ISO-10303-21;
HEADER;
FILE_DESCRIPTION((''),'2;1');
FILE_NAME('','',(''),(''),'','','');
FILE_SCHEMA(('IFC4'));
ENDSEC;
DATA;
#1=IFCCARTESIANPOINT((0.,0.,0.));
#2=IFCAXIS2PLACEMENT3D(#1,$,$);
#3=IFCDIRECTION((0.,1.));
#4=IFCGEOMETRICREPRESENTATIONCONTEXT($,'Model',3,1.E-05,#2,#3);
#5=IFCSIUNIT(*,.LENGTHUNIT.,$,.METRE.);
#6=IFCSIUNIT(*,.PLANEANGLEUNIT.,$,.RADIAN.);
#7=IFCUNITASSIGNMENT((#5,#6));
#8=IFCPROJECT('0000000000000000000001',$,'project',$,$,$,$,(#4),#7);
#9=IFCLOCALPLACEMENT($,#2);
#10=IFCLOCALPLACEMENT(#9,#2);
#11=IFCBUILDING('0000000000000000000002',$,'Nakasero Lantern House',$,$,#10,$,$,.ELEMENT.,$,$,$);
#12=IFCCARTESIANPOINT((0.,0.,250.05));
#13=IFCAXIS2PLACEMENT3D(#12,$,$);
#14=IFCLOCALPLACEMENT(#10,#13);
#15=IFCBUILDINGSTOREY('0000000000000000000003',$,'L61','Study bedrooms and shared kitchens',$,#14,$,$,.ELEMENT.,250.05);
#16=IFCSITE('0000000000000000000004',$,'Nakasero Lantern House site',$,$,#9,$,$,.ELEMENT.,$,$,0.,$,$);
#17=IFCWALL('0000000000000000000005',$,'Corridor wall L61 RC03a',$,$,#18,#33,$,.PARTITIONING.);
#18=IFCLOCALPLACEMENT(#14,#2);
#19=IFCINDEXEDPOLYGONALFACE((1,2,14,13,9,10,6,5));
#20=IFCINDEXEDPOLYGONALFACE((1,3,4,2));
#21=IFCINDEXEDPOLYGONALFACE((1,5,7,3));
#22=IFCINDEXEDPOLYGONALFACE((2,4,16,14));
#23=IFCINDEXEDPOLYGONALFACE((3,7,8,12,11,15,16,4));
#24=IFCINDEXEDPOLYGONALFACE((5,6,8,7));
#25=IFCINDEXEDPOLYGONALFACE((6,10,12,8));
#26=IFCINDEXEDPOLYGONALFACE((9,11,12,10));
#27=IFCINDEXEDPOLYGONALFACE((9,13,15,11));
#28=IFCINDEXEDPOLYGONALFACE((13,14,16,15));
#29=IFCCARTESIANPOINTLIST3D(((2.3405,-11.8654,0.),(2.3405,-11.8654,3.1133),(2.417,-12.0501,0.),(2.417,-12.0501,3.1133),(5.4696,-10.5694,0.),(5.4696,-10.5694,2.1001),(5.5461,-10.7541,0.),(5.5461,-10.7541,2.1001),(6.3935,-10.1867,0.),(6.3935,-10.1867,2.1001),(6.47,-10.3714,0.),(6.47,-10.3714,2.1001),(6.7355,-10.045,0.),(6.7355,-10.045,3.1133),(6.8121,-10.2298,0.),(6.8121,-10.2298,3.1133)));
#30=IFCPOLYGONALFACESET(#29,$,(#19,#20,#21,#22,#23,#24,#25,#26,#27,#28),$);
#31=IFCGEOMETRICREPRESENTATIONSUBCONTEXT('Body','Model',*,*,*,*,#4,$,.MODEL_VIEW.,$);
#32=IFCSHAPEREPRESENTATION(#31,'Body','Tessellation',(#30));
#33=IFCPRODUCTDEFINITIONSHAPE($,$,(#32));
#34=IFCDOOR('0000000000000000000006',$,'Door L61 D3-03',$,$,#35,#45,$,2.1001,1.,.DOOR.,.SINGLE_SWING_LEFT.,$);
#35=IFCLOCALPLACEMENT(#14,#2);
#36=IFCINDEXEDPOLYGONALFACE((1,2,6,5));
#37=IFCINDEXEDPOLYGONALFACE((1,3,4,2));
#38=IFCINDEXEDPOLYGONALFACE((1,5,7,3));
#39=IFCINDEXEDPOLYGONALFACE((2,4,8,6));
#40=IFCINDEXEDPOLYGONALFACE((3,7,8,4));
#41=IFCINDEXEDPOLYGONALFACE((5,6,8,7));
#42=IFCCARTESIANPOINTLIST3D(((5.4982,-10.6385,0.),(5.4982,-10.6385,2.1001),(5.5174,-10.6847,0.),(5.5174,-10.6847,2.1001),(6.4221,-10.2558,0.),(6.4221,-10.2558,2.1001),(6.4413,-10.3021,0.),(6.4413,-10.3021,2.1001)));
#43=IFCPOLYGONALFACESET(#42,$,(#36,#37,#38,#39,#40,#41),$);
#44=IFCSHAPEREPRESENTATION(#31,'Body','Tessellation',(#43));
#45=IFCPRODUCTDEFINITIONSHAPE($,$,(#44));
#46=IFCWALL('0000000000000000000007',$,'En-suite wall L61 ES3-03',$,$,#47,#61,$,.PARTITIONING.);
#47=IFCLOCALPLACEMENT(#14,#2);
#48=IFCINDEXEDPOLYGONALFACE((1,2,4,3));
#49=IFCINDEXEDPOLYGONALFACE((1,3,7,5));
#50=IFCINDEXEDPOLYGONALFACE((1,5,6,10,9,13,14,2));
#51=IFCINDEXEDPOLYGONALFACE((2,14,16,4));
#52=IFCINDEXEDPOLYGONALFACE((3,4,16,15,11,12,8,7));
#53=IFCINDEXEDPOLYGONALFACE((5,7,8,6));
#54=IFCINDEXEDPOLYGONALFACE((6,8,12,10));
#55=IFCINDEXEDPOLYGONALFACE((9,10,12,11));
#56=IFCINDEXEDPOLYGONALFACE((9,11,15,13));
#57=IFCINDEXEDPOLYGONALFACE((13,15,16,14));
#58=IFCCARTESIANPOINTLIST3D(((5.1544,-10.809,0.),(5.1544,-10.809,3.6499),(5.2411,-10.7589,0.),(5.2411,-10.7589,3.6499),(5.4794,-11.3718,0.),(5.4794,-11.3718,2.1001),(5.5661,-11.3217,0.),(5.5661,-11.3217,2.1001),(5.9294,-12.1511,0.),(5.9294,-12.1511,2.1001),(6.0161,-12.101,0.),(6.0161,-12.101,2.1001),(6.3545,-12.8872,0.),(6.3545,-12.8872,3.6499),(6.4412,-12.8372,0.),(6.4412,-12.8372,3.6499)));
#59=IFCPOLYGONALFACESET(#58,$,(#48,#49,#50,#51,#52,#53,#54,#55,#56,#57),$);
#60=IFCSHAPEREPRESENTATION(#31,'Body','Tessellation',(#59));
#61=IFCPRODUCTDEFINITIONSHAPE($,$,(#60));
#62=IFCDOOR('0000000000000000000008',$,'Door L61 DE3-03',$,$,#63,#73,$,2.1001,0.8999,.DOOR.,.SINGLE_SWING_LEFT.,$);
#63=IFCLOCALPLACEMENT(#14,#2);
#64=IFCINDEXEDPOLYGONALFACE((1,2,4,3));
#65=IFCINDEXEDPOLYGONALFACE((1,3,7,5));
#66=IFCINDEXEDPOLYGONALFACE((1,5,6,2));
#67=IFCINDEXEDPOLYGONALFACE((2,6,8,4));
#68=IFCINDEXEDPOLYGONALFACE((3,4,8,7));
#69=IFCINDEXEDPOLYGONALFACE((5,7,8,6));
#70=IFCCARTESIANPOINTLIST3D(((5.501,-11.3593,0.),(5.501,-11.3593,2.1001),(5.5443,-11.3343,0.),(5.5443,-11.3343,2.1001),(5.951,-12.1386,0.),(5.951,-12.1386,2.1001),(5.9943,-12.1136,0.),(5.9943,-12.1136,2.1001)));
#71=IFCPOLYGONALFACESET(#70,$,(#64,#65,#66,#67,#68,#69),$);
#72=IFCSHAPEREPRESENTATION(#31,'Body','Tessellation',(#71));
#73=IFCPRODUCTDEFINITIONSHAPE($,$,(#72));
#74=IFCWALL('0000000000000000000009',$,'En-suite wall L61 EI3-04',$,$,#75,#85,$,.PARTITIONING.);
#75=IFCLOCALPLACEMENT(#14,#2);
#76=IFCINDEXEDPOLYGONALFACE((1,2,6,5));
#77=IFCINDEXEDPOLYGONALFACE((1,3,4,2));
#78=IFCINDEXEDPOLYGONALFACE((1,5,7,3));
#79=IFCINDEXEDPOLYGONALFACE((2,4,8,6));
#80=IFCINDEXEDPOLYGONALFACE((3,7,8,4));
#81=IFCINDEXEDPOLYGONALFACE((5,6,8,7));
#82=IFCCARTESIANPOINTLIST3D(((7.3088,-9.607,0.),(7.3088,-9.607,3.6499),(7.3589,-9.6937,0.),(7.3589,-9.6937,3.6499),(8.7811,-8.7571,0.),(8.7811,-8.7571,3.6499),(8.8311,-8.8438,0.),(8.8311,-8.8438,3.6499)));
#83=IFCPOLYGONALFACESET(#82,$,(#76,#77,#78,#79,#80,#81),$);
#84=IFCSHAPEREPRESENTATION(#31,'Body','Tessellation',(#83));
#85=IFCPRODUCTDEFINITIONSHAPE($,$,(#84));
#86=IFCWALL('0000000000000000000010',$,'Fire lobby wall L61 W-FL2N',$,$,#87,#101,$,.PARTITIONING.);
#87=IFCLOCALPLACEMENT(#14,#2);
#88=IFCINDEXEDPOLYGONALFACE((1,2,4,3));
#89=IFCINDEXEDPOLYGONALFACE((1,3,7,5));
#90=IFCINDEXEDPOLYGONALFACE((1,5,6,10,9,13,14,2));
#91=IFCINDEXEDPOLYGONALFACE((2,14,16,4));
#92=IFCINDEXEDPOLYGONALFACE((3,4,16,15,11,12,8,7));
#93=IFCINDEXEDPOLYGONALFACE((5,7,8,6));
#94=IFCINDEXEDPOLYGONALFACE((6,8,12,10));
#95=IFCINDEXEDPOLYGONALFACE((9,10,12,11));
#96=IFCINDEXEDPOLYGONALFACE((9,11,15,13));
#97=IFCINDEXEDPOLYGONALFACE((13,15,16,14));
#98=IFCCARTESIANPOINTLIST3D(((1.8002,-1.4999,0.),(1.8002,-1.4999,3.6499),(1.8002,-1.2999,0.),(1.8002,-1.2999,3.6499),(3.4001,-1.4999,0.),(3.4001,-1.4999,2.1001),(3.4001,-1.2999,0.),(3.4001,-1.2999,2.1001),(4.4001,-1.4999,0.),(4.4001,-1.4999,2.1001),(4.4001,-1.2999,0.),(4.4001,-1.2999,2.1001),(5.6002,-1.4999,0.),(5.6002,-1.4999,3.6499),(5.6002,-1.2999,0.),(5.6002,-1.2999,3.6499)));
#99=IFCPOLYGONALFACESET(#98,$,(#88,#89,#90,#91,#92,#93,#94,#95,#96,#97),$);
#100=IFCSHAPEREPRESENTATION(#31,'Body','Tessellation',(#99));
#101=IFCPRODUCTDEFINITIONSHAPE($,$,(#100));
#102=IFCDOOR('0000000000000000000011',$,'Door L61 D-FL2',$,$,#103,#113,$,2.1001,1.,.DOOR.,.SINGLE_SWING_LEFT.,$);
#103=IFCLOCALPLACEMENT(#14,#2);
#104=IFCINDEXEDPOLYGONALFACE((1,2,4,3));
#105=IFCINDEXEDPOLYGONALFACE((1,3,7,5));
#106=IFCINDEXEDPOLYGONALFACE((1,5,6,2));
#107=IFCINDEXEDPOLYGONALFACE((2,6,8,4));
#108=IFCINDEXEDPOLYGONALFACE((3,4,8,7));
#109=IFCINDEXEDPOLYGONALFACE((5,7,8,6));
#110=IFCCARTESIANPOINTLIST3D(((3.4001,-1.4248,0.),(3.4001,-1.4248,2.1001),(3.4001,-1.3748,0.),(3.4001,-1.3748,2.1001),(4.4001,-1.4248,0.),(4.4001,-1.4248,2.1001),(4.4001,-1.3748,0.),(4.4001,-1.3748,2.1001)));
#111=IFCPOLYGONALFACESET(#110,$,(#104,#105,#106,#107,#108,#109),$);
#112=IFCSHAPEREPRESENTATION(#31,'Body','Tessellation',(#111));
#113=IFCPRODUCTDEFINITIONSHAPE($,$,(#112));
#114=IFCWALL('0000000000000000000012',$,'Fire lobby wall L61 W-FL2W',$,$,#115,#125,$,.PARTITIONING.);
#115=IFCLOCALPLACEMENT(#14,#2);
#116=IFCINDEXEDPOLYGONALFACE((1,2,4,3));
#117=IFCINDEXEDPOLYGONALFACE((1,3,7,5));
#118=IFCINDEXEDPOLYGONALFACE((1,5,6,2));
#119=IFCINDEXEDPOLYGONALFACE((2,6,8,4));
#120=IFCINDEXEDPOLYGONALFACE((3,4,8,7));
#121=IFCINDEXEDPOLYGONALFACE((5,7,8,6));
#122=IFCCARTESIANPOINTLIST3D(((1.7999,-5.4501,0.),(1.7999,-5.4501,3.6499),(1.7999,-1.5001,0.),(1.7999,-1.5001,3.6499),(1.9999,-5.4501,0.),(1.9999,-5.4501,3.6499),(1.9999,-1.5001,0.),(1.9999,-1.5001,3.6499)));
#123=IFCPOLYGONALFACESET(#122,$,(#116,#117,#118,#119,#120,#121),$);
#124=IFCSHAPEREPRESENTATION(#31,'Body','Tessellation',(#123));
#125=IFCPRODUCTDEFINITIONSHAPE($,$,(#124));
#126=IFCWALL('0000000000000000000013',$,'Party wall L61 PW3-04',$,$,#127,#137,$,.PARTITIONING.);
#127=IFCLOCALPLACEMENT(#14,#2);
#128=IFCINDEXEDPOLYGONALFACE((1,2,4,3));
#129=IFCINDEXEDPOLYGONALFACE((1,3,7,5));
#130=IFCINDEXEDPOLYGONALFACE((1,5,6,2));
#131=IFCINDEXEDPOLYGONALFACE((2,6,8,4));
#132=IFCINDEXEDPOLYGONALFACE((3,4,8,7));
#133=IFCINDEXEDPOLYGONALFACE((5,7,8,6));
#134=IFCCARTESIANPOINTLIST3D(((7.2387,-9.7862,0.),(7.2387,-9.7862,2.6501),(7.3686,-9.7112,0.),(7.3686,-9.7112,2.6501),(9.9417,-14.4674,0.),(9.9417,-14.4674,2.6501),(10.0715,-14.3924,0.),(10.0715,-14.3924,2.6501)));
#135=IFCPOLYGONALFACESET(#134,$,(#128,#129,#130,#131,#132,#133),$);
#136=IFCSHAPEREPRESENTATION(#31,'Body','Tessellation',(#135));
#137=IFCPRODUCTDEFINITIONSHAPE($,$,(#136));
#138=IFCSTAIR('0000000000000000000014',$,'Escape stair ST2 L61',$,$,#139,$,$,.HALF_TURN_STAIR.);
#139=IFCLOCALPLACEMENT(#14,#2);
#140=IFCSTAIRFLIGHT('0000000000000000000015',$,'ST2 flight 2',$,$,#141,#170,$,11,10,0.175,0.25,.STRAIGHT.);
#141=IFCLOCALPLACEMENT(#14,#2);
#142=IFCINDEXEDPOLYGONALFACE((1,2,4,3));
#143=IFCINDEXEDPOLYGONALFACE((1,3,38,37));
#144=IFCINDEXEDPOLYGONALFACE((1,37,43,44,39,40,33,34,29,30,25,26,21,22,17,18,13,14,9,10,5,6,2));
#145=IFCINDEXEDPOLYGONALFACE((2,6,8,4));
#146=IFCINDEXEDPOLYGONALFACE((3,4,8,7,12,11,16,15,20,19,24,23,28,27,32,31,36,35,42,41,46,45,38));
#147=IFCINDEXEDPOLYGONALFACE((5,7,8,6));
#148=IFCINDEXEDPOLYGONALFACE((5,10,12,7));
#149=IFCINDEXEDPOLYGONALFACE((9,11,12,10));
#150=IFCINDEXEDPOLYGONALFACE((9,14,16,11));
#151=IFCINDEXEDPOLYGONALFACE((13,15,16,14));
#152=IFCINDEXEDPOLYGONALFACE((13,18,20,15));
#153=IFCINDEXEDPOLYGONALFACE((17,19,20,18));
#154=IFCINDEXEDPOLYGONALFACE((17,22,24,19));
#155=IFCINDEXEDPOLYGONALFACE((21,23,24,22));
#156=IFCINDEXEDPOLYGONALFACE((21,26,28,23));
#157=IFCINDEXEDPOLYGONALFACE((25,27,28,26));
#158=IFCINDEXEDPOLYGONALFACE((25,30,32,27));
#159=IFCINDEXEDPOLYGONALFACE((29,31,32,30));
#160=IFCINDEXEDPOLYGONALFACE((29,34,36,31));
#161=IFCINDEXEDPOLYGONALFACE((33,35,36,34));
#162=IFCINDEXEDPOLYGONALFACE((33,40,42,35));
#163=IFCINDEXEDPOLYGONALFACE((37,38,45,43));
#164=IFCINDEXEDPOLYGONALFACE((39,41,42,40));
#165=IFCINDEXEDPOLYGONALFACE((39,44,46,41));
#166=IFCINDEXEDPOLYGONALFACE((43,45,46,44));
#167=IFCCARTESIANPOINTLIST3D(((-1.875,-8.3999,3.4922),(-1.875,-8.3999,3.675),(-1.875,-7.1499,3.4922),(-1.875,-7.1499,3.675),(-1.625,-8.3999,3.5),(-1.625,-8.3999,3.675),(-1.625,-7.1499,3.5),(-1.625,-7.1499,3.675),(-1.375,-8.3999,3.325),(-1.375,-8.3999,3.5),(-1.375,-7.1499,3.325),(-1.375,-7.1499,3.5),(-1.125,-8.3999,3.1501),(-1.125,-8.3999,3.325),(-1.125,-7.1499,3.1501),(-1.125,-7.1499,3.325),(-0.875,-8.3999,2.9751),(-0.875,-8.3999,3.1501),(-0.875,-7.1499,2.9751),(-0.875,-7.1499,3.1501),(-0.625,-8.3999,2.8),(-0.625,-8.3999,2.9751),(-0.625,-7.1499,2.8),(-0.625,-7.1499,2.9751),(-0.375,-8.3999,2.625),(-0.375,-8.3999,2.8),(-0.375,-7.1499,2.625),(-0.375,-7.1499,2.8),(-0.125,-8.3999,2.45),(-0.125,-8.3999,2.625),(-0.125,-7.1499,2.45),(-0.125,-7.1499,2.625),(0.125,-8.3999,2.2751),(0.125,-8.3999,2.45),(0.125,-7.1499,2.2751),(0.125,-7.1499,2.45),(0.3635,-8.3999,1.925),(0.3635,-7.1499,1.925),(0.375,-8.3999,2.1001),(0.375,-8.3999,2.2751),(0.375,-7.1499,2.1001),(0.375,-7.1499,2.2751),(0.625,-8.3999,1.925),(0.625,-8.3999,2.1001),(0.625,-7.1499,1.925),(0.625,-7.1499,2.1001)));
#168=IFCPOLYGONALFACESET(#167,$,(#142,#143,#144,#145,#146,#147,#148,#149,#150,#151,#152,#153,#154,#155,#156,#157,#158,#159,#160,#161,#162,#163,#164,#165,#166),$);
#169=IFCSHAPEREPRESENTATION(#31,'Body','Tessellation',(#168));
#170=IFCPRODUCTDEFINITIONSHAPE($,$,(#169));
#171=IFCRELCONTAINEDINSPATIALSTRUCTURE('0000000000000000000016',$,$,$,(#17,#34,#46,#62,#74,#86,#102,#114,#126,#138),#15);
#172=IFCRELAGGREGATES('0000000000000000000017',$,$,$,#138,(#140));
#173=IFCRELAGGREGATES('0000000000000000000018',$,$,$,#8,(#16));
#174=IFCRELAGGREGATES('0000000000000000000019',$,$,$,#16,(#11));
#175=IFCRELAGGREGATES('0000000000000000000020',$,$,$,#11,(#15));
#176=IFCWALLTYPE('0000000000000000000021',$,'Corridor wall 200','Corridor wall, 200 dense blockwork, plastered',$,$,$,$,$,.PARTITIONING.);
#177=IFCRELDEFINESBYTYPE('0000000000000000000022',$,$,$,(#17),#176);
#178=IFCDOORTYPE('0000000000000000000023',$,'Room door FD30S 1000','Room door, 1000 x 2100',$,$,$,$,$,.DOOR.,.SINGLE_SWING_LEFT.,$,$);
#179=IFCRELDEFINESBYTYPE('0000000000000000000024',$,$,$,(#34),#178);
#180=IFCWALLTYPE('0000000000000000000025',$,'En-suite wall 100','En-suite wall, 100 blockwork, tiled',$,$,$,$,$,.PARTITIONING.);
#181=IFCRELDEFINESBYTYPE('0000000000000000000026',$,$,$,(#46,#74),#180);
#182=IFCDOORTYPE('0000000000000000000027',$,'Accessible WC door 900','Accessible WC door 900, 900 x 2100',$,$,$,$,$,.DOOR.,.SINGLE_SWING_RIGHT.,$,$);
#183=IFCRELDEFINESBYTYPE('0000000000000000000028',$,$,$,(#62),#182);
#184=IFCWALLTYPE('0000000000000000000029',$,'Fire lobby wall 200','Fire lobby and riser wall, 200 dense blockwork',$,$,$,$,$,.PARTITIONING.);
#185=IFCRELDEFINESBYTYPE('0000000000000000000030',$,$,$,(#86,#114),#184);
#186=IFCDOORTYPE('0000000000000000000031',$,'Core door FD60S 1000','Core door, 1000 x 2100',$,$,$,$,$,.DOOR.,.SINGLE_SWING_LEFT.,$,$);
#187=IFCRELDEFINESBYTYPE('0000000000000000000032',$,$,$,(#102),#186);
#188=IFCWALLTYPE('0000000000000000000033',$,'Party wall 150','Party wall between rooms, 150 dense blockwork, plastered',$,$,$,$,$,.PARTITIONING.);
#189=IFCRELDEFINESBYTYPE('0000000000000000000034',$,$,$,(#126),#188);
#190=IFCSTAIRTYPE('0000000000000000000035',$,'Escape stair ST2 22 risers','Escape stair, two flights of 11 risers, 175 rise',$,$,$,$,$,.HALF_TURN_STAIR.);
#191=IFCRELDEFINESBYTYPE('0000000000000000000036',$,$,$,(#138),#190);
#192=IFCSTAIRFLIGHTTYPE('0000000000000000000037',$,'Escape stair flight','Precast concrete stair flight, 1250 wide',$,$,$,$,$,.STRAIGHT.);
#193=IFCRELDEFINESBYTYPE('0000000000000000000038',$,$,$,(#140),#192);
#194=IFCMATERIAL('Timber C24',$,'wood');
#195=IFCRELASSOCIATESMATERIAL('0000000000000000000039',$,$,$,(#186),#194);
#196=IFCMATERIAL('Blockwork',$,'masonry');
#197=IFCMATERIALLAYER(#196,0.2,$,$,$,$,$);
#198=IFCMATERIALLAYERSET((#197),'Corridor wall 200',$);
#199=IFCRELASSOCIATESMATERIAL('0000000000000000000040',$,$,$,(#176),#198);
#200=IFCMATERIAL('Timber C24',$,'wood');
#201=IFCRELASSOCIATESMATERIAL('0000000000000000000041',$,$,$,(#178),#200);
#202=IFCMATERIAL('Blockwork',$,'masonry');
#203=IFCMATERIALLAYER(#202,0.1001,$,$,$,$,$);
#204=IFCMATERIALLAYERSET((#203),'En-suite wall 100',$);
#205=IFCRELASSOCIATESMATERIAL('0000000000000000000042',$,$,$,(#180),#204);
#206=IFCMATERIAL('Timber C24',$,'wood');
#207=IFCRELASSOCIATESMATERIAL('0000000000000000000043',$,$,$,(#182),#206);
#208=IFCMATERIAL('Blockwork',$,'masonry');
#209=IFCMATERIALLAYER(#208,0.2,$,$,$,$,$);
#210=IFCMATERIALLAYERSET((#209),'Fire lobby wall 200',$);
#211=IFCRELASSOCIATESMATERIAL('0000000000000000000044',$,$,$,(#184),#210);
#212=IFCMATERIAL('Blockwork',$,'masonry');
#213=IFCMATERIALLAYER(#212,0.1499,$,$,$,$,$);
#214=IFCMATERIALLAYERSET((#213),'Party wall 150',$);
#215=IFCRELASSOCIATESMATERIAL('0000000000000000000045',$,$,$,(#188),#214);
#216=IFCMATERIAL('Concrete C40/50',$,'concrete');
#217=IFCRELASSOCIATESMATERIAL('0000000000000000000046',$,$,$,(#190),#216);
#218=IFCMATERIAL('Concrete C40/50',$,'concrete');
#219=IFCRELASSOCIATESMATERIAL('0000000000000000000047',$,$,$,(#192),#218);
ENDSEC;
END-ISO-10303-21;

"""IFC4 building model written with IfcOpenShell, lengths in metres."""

from ifc_helpers import new_model, si_unit, direction, frame, frame_2d, origin, place, context, subcontext, project, spatial, polyline, rectangle, outline, extrude, material, layer, layer_set, type_object, element, fill, aggregate, save


model = new_model("IFC4")

# Units and contexts
model_context = context("Model", 3, precision=1e-05, world=origin(), true_north=direction((0.0, 1.0)))
body_context = subcontext(model_context, "Body", "Model", "MODEL_VIEW")
ifc_project = project(units=[si_unit("LENGTHUNIT", "METRE"), si_unit("PLANEANGLEUNIT", "RADIAN")], contexts=[model_context])

# Site, building, storey
site_placement = place(None, origin())
site = spatial("IfcSite", under=ifc_project, at=site_placement, Name="Nakasero Lantern House site", CompositionType="ELEMENT", RefElevation=0.0)
building_placement = place(site_placement, origin())
building = spatial("IfcBuilding", under=site, at=building_placement, Name="Nakasero Lantern House", CompositionType="ELEMENT")
storey_placement = place(building_placement, frame((0.0, 0.0, 250.05)))
storey = spatial("IfcBuildingStorey", under=building, at=storey_placement, Name="L61", Description="Study bedrooms and shared kitchens", CompositionType="ELEMENT", Elevation=250.05)

# Shared definitions
ifc_material_1 = material(Name="Timber C24", Category="wood")
door_type_1 = type_object("IfcDoorType", Name="Core door FD60S 1000", Description="Core door, 1000 x 2100", OperationType="SINGLE_SWING_LEFT", PredefinedType="DOOR", material=ifc_material_1)

# Walls, openings, doors
ifc_material_2 = material(Name="Blockwork", Category="masonry")
ifc_layer_1 = layer(ifc_material_2, 0.2)
ifc_layer_set_1 = layer_set([ifc_layer_1], Name="Corridor wall 200")
wall_type_1 = type_object("IfcWallType", Name="Corridor wall 200", Description="Corridor wall, 200 dense blockwork, plastered", PredefinedType="PARTITIONING", material=ifc_layer_set_1)
wall_1_placement = place(storey_placement, frame((6.7737, -10.1375, 0.0), z_axis=(0.0, 0.0, 1.0), x_axis=(-0.923892, -0.382654, 0.0)))
wall_1 = element("IfcWall", 1, at=wall_1_placement, inside=storey, type_object=wall_type_1, Name="Corridor wall L61 RC03a", PredefinedType="PARTITIONING", context=body_context, shape_type="SweptSolid", body=[
    extrude(rectangle(XDim=4.7571, YDim=0.2, at=frame_2d((2.3784, 0.0))), origin(), (0.0, 0.0, 1.0), 3.1133),
])
opening_1_placement = place(wall_1_placement, frame((0.3701, 0.0, 0.0)))
opening_1 = element("IfcOpeningElement", 2, at=opening_1_placement, cuts=wall_1, PredefinedType="OPENING", context=body_context, shape_type="SweptSolid", body=[
    extrude(rectangle(XDim=1.0, YDim=2.1001, at=frame_2d((0.5, 1.05))), frame((0.0, 0.1199, 0.0), z_axis=(0.0, -1.0, 0.0), x_axis=(1.0, 0.0, 0.0)), (0.0, 0.0, 1.0), 0.24),
])
ifc_material_3 = material(Name="Timber C24", Category="wood")
door_type_2 = type_object("IfcDoorType", Name="Room door FD30S 1000", Description="Room door, 1000 x 2100", OperationType="SINGLE_SWING_LEFT", PredefinedType="DOOR", material=ifc_material_3)
door_1_placement = place(opening_1_placement, origin())
door_1 = element("IfcDoor", 3, at=door_1_placement, inside=storey, type_object=door_type_2, Name="Door L61 D3-03", OperationType="SINGLE_SWING_LEFT", OverallHeight=2.1001, OverallWidth=1.0, PredefinedType="DOOR", context=body_context, shape_type="SweptSolid", body=[
    extrude(rectangle(XDim=1.0, YDim=2.1001, at=frame_2d((0.5, 1.05))), frame((0.0, 0.0249, 0.0), z_axis=(0.0, -1.0, 0.0), x_axis=(1.0, 0.0, 0.0)), (0.0, 0.0, 1.0), 0.05),
])
fill(opening_1, door_1)
ifc_material_4 = material(Name="Blockwork", Category="masonry")
ifc_layer_2 = layer(ifc_material_4, 0.1001)
ifc_layer_set_2 = layer_set([ifc_layer_2], Name="En-suite wall 100")
wall_type_2 = type_object("IfcWallType", Name="En-suite wall 100", Description="En-suite wall, 100 blockwork, tiled", PredefinedType="PARTITIONING", material=ifc_layer_set_2)
wall_2_placement = place(storey_placement, frame((5.1978, -10.7839, 0.0), z_axis=(0.0, 0.0, 1.0), x_axis=(0.500078, -0.865981, 0.0)))
wall_2 = element("IfcWall", 4, at=wall_2_placement, inside=storey, type_object=wall_type_2, Name="En-suite wall L61 ES3-03", PredefinedType="PARTITIONING", context=body_context, shape_type="SweptSolid", body=[
    extrude(rectangle(XDim=2.3999, YDim=0.1001, at=frame_2d((1.2, 0.0))), origin(), (0.0, 0.0, 1.0), 3.6499),
])
opening_2_placement = place(wall_2_placement, frame((0.6499, 0.0, 0.0)))
opening_2 = element("IfcOpeningElement", 5, at=opening_2_placement, cuts=wall_2, PredefinedType="OPENING", context=body_context, shape_type="SweptSolid", body=[
    extrude(rectangle(XDim=0.8999, YDim=2.1001, at=frame_2d((0.45, 1.05))), frame((0.0, 0.0701, 0.0), z_axis=(0.0, -1.0, 0.0), x_axis=(1.0, 0.0, 0.0)), (0.0, 0.0, 1.0), 0.1401),
])
ifc_material_5 = material(Name="Timber C24", Category="wood")
door_type_3 = type_object("IfcDoorType", Name="Accessible WC door 900", Description="Accessible WC door 900, 900 x 2100", OperationType="SINGLE_SWING_RIGHT", PredefinedType="DOOR", material=ifc_material_5)
door_2_placement = place(opening_2_placement, origin())
door_2 = element("IfcDoor", 6, at=door_2_placement, inside=storey, type_object=door_type_3, Name="Door L61 DE3-03", OperationType="SINGLE_SWING_LEFT", OverallHeight=2.1001, OverallWidth=0.8999, PredefinedType="DOOR", context=body_context, shape_type="SweptSolid", body=[
    extrude(rectangle(XDim=0.8999, YDim=2.1001, at=frame_2d((0.45, 1.05))), frame((0.0, 0.0249, 0.0), z_axis=(0.0, -1.0, 0.0), x_axis=(1.0, 0.0, 0.0)), (0.0, 0.0, 1.0), 0.05),
])
fill(opening_2, door_2)

# Wall
wall_3_placement = place(storey_placement, frame((7.3337, -9.6504, 0.0), z_axis=(0.0, 0.0, 1.0), x_axis=(0.866052, 0.499955, 0.0)))
element("IfcWall", 7, at=wall_3_placement, inside=storey, type_object=wall_type_2, Name="En-suite wall L61 EI3-04", PredefinedType="PARTITIONING", context=body_context, shape_type="SweptSolid", body=[
    extrude(rectangle(XDim=1.7, YDim=0.1001, at=frame_2d((0.8501, 0.0))), origin(), (0.0, 0.0, 1.0), 3.6499),
])

# Wall, opening, door
ifc_material_6 = material(Name="Blockwork", Category="masonry")
ifc_layer_3 = layer(ifc_material_6, 0.2)
ifc_layer_set_3 = layer_set([ifc_layer_3], Name="Fire lobby wall 200")
wall_type_3 = type_object("IfcWallType", Name="Fire lobby wall 200", Description="Fire lobby and riser wall, 200 dense blockwork", PredefinedType="PARTITIONING", material=ifc_layer_set_3)
wall_4_placement = place(storey_placement, frame((5.6001, -1.3999, 0.0), z_axis=(0.0, 0.0, 1.0), x_axis=(-1.0, 0.0, 0.0)))
wall_4 = element("IfcWall", 8, at=wall_4_placement, inside=storey, type_object=wall_type_3, Name="Fire lobby wall L61 W-FL2N", PredefinedType="PARTITIONING", context=body_context, shape_type="SweptSolid", body=[
    extrude(rectangle(XDim=3.8, YDim=0.2, at=frame_2d((1.8999, 0.0))), origin(), (0.0, 0.0, 1.0), 3.6499),
])
opening_3_placement = place(wall_4_placement, frame((1.2, 0.0, 0.0)))
opening_3 = element("IfcOpeningElement", 9, at=opening_3_placement, cuts=wall_4, PredefinedType="OPENING", context=body_context, shape_type="SweptSolid", body=[
    extrude(rectangle(XDim=1.0, YDim=2.1001, at=frame_2d((0.5, 1.05))), frame((0.0, 0.1199, 0.0), z_axis=(0.0, -1.0, 0.0), x_axis=(1.0, 0.0, 0.0)), (0.0, 0.0, 1.0), 0.24),
])
door_3_placement = place(opening_3_placement, origin())
door_3 = element("IfcDoor", 10, at=door_3_placement, inside=storey, type_object=door_type_1, Name="Door L61 D-FL2", OperationType="SINGLE_SWING_LEFT", OverallHeight=2.1001, OverallWidth=1.0, PredefinedType="DOOR", context=body_context, shape_type="SweptSolid", body=[
    extrude(rectangle(XDim=1.0, YDim=2.1001, at=frame_2d((0.5, 1.05))), frame((0.0, 0.0249, 0.0), z_axis=(0.0, -1.0, 0.0), x_axis=(1.0, 0.0, 0.0)), (0.0, 0.0, 1.0), 0.05),
])
fill(opening_3, door_3)

# Walls
wall_5_placement = place(storey_placement, frame((1.8999, -1.5, 0.0), z_axis=(0.0, 0.0, 1.0), x_axis=(0.0, -1.0, 0.0)))
element("IfcWall", 11, at=wall_5_placement, inside=storey, type_object=wall_type_3, Name="Fire lobby wall L61 W-FL2W", PredefinedType="PARTITIONING", context=body_context, shape_type="SweptSolid", body=[
    extrude(rectangle(XDim=3.95, YDim=0.2, at=frame_2d((1.9751, 0.0))), origin(), (0.0, 0.0, 1.0), 3.6499),
])
ifc_material_7 = material(Name="Blockwork", Category="masonry")
ifc_layer_4 = layer(ifc_material_7, 0.1499)
ifc_layer_set_4 = layer_set([ifc_layer_4], Name="Party wall 150")
wall_type_4 = type_object("IfcWallType", Name="Party wall 150", Description="Party wall between rooms, 150 dense blockwork, plastered", PredefinedType="PARTITIONING", material=ifc_layer_set_4)
wall_6_placement = place(storey_placement, frame((7.3037, -9.7488, 0.0), z_axis=(0.0, 0.0, 1.0), x_axis=(0.50003, -0.866008, 0.0)))
element("IfcWall", 12, at=wall_6_placement, inside=storey, type_object=wall_type_4, Name="Party wall L61 PW3-04", PredefinedType="PARTITIONING", context=body_context, shape_type="SweptSolid", body=[
    extrude(rectangle(XDim=5.4055, YDim=0.1499, at=frame_2d((2.7026, 0.0))), origin(), (0.0, 0.0, 1.0), 2.6501),
])

# Stair, stair flight
ifc_material_8 = material(Name="Concrete C40/50", Category="concrete")
stair_type = type_object("IfcStairType", Name="Escape stair ST2 22 risers", Description="Escape stair, two flights of 11 risers, 175 rise", PredefinedType="HALF_TURN_STAIR", material=ifc_material_8)
stair_placement = place(storey_placement, origin())
stair = element("IfcStair", 13, at=stair_placement, inside=storey, type_object=stair_type, Name="Escape stair ST2 L61", PredefinedType="HALF_TURN_STAIR")
ifc_material_9 = material(Name="Concrete C40/50", Category="concrete")
stair_flight_type = type_object("IfcStairFlightType", Name="Escape stair flight", Description="Precast concrete stair flight, 1250 wide", PredefinedType="STRAIGHT", material=ifc_material_9)
stair_flight_placement = place(storey_placement, frame((0.625, -7.7749, 1.925), z_axis=(0.0, 0.0, 1.0), x_axis=(-1.0, 0.0, 0.0)))
stair_flight = element("IfcStairFlight", 14, at=stair_flight_placement, type_object=stair_flight_type, Name="ST2 flight 2", NumberOfRisers=11, NumberOfTreads=10, PredefinedType="STRAIGHT", RiserHeight=0.175, TreadLength=0.25, context=body_context, shape_type="SweptSolid", body=[
    extrude(outline(polyline([(0.0, 0.0), (0.0, 0.175), (0.25, 0.175), (0.25, 0.3501), (0.5, 0.3501), (0.5, 0.5249), (0.75, 0.5249), (0.75, 0.7), (1.0, 0.7), (1.0, 0.875), (1.25, 0.875), (1.25, 1.05), (1.5, 1.05), (1.5, 1.2251), (1.75, 1.2251), (1.75, 1.3999), (2.0, 1.3999), (2.0, 1.575), (2.25, 1.575), (2.25, 1.75), (2.5, 1.75), (2.5, 1.925), (2.5, 1.5671), (0.2615, 0.0), (0.0, 0.0)])), frame((0.0, 0.625, 0.0), z_axis=(0.0, -1.0, 0.0), x_axis=(1.0, 0.0, 0.0)), (0.0, 0.0, 1.0), 1.25),
])
aggregate(stair, [stair_flight])

save(model, "model.ifc")
